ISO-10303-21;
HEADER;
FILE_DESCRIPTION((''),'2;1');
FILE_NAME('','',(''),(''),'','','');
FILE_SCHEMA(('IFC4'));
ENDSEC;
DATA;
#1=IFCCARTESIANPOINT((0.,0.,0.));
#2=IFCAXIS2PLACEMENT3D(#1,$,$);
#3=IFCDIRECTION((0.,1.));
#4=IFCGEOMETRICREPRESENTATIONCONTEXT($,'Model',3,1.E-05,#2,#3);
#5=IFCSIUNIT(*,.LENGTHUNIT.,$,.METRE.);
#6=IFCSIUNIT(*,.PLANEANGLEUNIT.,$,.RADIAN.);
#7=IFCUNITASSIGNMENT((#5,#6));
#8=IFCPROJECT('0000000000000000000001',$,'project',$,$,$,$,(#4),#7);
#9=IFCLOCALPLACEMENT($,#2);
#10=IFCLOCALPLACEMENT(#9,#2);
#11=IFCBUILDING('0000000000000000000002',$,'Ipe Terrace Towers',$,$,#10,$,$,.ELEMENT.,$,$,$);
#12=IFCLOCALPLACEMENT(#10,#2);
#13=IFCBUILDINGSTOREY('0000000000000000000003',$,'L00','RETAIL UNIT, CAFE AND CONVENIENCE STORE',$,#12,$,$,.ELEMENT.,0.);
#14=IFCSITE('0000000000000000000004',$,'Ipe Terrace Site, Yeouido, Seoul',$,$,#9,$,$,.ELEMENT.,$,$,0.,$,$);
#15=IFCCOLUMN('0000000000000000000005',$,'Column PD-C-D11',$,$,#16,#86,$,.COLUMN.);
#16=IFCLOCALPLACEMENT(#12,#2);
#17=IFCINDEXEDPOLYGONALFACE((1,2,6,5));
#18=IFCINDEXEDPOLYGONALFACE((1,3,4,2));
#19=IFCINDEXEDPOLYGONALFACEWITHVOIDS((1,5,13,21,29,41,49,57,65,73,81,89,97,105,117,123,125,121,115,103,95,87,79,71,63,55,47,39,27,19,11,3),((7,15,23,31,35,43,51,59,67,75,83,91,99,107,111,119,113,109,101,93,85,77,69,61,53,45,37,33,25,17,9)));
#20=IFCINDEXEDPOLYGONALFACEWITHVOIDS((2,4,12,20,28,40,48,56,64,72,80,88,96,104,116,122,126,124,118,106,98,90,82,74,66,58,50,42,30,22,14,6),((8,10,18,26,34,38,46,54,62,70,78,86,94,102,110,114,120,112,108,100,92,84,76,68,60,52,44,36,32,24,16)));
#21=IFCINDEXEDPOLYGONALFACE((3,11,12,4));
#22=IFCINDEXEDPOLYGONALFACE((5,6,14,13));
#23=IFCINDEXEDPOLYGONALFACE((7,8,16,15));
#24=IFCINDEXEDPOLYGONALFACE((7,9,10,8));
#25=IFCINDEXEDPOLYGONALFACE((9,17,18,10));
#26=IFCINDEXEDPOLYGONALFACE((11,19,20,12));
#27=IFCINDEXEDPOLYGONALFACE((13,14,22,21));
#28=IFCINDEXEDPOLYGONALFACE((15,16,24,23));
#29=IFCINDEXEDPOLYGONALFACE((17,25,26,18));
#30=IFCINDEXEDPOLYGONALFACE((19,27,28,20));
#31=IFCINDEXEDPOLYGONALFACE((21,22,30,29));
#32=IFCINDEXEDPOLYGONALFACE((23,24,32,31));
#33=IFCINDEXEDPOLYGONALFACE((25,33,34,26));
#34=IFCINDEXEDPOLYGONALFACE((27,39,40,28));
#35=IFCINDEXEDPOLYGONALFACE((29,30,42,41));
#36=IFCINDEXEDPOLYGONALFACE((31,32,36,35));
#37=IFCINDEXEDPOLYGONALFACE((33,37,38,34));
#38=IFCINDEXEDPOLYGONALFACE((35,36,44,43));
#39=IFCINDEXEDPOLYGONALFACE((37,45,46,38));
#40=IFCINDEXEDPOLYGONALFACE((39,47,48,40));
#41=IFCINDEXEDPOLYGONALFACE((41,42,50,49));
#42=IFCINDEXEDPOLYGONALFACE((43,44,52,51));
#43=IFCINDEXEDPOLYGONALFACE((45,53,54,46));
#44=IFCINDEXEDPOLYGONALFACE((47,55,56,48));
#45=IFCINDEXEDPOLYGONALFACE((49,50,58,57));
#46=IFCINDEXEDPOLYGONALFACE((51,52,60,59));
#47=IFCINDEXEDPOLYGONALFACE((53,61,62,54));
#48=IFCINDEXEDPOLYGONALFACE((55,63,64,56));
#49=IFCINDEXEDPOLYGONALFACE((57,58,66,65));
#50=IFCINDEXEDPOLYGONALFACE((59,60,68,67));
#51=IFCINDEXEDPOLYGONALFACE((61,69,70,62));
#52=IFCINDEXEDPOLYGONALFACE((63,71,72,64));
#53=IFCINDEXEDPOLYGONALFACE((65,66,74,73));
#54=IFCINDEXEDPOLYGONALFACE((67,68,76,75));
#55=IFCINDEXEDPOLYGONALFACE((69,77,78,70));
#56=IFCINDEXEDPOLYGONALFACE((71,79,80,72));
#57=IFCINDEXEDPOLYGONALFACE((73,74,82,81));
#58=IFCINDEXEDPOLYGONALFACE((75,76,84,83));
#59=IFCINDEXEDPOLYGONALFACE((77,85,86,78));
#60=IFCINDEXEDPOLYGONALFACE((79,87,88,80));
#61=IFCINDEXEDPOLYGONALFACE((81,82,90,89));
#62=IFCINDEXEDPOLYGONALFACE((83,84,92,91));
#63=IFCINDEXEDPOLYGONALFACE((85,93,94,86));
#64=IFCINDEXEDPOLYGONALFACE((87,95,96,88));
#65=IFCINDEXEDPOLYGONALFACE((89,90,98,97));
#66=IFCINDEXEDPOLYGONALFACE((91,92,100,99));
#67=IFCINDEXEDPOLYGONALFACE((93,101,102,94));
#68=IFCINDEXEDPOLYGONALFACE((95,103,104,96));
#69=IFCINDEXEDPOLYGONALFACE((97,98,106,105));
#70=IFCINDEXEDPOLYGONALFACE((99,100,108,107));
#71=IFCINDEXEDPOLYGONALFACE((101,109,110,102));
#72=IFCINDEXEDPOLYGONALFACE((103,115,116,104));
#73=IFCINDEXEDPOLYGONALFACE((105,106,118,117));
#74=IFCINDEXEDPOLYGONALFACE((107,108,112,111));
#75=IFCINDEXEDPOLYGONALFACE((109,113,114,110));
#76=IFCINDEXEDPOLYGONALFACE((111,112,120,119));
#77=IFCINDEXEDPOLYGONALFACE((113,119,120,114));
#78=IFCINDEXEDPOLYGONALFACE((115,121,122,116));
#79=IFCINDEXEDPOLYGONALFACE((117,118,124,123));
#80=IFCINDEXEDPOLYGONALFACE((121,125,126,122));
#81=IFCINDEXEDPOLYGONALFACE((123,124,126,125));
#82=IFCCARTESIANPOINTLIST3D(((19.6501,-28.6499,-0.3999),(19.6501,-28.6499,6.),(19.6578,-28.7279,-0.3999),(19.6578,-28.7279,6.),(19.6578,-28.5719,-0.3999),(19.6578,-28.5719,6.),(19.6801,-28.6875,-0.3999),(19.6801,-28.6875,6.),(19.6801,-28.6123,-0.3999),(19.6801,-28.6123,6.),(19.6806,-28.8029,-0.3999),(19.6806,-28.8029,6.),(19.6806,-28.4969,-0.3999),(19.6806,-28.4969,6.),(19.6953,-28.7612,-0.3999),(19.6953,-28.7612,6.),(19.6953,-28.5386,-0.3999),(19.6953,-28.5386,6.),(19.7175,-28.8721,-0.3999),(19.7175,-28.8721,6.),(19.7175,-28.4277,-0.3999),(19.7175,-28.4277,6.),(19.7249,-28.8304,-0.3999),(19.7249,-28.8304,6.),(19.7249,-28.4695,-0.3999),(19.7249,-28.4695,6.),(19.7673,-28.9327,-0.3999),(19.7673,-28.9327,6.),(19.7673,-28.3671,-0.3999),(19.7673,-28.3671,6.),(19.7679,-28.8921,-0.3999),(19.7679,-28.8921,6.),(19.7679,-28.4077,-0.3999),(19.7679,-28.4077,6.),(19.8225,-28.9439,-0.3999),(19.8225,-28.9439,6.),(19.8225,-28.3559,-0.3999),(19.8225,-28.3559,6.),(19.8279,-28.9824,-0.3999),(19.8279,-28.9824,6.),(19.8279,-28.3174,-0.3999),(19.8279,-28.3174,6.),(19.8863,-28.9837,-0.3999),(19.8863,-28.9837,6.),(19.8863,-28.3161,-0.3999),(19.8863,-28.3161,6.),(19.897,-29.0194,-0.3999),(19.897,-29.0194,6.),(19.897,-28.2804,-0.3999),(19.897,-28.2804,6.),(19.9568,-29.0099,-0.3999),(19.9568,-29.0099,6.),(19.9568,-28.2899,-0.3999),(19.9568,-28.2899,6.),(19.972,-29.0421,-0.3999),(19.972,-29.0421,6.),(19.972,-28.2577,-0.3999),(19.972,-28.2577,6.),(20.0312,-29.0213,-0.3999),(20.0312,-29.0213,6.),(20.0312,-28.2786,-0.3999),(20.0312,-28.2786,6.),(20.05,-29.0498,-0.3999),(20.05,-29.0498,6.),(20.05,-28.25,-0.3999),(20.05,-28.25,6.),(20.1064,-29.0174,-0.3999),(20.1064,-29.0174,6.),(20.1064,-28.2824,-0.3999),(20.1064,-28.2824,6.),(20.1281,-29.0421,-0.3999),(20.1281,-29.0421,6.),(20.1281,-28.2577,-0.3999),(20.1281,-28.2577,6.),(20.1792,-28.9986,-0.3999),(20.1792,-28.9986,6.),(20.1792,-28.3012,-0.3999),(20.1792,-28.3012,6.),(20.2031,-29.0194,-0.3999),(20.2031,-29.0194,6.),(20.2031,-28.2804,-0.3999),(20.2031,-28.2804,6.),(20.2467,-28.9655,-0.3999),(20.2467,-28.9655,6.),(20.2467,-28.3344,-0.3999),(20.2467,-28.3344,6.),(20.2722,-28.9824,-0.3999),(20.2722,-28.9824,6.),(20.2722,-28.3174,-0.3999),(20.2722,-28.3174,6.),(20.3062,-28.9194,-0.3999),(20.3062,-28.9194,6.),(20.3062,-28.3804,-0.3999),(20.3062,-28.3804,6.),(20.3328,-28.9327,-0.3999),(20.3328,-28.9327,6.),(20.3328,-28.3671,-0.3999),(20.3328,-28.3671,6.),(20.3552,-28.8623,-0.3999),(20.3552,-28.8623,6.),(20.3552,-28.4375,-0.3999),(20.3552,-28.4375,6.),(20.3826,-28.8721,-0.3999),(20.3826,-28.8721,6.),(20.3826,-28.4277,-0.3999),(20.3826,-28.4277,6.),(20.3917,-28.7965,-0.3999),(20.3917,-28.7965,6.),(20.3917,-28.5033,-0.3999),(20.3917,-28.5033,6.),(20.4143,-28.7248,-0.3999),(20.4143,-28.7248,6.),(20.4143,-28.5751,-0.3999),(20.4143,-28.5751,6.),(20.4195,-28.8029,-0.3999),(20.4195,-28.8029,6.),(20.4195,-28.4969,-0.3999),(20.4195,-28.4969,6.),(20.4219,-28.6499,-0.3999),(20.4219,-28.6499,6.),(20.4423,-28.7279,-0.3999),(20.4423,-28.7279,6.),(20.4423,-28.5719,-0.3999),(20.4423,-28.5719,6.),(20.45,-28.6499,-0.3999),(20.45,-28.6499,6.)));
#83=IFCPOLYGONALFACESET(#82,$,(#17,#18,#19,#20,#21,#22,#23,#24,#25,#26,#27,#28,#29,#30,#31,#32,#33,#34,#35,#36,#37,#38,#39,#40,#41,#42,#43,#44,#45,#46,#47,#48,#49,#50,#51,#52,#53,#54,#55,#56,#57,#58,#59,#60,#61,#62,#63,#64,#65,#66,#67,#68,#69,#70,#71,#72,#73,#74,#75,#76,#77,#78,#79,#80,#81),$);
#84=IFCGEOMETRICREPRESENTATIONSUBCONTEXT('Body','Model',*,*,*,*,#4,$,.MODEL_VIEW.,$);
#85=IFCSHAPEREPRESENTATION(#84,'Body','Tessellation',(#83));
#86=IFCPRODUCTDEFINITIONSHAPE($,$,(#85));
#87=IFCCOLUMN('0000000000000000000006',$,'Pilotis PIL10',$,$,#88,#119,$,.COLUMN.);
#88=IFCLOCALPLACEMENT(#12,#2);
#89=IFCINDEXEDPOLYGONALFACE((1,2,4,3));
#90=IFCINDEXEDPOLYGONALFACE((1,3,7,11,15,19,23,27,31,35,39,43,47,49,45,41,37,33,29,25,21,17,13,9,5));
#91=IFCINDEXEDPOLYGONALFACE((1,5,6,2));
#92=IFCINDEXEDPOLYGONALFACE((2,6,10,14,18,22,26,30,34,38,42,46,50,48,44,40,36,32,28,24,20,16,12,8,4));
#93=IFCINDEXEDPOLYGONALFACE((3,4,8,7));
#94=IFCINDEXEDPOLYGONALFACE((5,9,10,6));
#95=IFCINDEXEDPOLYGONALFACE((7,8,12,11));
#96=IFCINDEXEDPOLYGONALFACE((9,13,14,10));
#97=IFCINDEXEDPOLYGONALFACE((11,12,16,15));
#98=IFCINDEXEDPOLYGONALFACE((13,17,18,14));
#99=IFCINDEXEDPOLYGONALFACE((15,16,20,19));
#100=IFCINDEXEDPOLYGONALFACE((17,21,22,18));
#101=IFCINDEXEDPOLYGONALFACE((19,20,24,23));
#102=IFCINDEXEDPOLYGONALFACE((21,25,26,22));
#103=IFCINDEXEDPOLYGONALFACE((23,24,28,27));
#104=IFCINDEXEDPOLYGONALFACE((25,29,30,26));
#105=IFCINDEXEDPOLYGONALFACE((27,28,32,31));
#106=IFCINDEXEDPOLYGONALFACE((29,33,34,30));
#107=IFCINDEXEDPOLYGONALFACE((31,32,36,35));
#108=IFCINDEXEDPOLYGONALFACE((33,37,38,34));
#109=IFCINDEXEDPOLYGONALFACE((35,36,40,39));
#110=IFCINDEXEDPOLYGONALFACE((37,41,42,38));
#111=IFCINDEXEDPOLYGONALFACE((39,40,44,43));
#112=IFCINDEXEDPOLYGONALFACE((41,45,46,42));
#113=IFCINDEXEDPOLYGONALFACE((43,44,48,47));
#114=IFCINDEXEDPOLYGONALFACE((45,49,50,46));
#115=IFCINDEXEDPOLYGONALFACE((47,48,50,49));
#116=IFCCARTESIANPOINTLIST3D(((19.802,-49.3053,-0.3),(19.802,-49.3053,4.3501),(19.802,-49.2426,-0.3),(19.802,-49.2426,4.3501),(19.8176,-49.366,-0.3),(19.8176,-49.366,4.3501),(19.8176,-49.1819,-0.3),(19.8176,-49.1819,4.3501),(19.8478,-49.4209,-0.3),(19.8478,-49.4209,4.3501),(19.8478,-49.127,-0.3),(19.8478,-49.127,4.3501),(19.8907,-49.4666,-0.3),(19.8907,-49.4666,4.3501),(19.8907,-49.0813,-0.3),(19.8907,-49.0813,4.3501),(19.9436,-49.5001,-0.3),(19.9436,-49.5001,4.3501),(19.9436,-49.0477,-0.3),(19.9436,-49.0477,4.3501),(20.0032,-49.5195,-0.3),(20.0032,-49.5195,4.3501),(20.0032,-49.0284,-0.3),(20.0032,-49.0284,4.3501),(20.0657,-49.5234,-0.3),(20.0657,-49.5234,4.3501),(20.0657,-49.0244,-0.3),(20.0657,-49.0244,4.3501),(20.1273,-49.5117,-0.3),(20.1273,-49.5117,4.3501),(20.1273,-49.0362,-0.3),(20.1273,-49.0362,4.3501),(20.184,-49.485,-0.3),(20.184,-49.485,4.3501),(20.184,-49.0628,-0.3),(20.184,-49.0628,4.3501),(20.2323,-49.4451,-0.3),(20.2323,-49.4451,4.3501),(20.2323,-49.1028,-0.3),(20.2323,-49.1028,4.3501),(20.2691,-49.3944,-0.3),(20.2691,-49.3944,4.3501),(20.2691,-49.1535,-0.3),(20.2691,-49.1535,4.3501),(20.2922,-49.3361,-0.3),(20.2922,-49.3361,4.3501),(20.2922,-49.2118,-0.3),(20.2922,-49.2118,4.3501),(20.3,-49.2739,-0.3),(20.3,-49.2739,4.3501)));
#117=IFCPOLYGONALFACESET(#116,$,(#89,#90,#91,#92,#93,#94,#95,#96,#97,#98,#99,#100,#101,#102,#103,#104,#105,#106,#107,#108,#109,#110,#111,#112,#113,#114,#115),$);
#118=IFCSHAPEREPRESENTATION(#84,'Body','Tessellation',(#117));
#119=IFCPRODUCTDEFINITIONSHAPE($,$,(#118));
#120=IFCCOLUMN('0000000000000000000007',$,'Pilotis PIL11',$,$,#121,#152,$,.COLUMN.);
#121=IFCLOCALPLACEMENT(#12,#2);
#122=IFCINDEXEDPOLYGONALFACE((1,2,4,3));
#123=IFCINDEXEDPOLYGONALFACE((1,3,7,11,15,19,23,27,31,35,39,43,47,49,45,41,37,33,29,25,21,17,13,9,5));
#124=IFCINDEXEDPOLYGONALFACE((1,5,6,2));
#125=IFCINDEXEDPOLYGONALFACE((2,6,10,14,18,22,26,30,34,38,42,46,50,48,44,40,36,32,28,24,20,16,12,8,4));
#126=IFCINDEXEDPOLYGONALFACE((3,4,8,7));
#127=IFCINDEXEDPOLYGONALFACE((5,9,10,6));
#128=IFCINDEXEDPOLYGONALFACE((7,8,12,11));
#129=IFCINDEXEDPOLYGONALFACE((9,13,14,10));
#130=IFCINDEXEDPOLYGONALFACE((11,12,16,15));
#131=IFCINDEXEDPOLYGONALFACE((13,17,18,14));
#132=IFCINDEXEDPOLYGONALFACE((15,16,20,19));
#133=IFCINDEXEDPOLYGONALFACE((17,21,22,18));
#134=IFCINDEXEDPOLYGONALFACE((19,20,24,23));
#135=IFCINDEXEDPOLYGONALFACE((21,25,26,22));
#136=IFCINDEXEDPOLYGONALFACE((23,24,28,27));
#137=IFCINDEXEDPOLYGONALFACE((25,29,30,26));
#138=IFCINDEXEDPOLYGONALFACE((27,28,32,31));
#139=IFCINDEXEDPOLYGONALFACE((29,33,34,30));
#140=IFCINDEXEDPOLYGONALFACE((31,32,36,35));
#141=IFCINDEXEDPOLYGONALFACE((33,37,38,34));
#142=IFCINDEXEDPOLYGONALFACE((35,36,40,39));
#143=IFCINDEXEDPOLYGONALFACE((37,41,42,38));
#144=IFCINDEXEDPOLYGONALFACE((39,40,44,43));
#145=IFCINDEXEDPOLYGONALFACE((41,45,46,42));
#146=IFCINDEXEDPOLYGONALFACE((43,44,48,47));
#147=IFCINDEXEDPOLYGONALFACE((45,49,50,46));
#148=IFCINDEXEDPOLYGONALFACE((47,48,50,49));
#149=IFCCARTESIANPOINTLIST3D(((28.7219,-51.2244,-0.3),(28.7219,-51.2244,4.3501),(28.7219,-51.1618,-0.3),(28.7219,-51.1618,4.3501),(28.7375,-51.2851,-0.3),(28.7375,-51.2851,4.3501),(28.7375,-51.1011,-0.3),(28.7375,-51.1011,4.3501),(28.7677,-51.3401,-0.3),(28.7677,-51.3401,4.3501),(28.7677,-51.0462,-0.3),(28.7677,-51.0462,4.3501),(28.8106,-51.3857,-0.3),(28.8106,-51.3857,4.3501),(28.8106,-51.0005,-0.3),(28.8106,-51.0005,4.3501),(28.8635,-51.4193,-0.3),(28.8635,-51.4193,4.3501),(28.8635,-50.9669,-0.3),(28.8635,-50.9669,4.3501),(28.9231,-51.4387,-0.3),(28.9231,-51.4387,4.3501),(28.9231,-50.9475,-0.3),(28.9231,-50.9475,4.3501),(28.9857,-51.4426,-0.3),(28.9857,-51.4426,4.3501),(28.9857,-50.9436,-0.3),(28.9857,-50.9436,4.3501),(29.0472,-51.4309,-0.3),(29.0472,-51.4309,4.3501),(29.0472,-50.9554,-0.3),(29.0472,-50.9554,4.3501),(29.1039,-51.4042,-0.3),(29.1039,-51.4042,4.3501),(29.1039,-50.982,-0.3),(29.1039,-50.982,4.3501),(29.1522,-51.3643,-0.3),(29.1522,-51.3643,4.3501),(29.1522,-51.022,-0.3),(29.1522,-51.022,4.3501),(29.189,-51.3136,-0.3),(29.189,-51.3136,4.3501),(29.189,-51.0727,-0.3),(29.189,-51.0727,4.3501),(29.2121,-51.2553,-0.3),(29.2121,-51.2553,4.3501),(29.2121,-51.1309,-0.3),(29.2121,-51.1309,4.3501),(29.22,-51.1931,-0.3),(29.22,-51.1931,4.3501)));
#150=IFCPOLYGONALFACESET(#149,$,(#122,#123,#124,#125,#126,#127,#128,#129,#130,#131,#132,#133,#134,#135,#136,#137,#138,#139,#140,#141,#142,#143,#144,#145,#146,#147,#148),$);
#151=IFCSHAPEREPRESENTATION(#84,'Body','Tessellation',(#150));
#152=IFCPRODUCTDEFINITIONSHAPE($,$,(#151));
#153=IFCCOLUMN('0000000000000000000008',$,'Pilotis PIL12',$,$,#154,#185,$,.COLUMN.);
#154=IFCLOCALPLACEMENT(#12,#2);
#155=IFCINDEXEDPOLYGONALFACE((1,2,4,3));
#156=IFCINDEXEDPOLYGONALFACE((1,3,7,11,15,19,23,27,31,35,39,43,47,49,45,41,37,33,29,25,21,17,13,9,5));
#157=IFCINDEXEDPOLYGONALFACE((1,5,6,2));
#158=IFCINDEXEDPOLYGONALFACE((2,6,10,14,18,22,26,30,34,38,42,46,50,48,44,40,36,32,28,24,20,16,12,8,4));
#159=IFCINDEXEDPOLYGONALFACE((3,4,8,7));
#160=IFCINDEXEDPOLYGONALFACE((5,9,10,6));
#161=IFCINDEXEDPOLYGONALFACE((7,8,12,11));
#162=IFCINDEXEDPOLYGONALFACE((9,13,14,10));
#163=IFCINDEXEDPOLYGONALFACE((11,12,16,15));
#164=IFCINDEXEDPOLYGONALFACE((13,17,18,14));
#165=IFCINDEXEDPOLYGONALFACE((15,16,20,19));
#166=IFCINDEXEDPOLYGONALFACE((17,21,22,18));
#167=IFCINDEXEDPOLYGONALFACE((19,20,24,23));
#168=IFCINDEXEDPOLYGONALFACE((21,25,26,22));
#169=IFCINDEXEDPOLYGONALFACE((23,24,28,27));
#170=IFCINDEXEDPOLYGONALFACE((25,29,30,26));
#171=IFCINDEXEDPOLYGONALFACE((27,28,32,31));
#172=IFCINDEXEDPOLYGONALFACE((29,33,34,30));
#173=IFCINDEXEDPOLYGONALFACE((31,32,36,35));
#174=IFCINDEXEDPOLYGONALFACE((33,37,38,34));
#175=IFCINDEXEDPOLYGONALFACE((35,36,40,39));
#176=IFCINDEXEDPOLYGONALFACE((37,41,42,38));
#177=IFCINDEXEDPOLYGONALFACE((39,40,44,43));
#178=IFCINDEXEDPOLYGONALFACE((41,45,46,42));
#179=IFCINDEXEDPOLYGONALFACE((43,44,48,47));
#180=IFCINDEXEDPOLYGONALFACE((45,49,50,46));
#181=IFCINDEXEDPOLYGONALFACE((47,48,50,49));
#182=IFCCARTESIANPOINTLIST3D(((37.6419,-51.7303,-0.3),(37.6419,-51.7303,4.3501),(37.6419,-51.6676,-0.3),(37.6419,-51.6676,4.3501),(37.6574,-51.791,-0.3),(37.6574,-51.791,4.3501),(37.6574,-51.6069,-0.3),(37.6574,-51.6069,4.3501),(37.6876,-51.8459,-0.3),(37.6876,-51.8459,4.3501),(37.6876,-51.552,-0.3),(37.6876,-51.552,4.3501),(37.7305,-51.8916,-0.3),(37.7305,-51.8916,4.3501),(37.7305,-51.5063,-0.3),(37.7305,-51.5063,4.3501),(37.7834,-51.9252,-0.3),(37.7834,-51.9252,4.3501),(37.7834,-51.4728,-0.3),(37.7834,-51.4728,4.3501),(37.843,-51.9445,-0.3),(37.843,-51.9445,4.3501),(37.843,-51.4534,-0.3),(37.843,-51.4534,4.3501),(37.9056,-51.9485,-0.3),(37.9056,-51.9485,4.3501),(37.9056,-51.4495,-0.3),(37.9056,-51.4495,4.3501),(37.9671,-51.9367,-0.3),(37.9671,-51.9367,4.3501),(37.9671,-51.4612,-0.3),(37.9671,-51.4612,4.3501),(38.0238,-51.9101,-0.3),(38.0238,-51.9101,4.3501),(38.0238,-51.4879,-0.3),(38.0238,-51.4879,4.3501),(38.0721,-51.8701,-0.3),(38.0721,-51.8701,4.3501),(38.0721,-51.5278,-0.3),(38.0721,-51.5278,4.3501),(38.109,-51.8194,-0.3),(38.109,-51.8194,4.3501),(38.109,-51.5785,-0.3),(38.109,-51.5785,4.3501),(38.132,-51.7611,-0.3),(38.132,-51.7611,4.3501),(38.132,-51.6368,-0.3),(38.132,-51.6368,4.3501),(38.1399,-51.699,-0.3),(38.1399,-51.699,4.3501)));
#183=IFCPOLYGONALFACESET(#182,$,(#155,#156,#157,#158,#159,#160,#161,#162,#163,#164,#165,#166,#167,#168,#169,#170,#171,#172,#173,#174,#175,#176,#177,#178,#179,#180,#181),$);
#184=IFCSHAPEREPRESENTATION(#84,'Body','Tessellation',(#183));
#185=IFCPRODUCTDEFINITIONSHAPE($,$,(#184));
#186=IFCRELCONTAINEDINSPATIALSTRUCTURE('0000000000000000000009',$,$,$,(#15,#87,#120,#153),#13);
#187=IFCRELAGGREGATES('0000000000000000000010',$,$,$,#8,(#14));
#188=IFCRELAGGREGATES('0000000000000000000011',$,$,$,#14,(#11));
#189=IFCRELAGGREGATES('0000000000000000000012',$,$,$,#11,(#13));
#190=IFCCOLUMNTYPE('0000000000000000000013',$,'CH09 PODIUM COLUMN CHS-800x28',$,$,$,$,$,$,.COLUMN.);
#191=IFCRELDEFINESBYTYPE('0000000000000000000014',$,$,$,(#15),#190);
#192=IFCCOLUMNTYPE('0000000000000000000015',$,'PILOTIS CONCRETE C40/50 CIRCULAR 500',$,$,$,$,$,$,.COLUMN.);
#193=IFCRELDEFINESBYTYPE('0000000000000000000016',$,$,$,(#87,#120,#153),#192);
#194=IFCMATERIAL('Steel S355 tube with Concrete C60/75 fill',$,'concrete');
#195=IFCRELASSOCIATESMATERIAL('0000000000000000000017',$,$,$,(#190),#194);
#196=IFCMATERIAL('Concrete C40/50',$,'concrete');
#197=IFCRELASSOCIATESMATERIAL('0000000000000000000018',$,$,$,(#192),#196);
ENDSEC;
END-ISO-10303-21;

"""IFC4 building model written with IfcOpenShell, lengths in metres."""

from ifc_helpers import new_model, si_unit, direction, frame, origin, origin_2d, place, context, subcontext, project, spatial, circle, hollow_circle, extrude, material, material_profile, profile_set, type_object, element, save


model = new_model("IFC4")

# Units and contexts
model_context = context("Model", 3, precision=1e-05, world=origin(), true_north=direction((0.0, 1.0)))
body_context = subcontext(model_context, "Body", "Model", "MODEL_VIEW")
ifc_project = project(units=[si_unit("LENGTHUNIT", "METRE"), si_unit("PLANEANGLEUNIT", "RADIAN")], contexts=[model_context])

# Site, building, storey
site_placement = place(None, origin())
site = spatial("IfcSite", under=ifc_project, at=site_placement, Name="Ipe Terrace Site, Yeouido, Seoul", CompositionType="ELEMENT", RefElevation=0.0)
building_placement = place(site_placement, origin())
building = spatial("IfcBuilding", under=site, at=building_placement, Name="Ipe Terrace Towers", CompositionType="ELEMENT")
storey_placement = place(building_placement, origin())
storey = spatial("IfcBuildingStorey", under=building, at=storey_placement, Name="L00", Description="RETAIL UNIT, CAFE AND CONVENIENCE STORE", CompositionType="ELEMENT", Elevation=0.0)

# Columns
ifc_material_1 = material(Name="Steel S355 tube with Concrete C60/75 fill", Category="concrete")
ifc_material_profile_1 = material_profile(ifc_material_1, hollow_circle(Radius=0.3999, WallThickness=0.0281, at=origin_2d()), Name="CHS-800x28")
ifc_profile_set_1 = profile_set([ifc_material_profile_1], Name="Steel S355 tube with Concrete C60/75 fill")
column_type_1 = type_object("IfcColumnType", Name="CH09 PODIUM COLUMN CHS-800x28", PredefinedType="COLUMN", material=ifc_profile_set_1)
for number, where, z_axis, x_axis, name in (
    (1, (20.05, -28.6499, -0.3999), (0.0, 0.0, 1.0), (1.0, 0.0, 0.0), "Column PD-C-D11"),
):
    element("IfcColumn", number, at=place(storey_placement, frame(where, z_axis=z_axis, x_axis=x_axis)), inside=storey, type_object=column_type_1, Name=name, PredefinedType="COLUMN", context=body_context, shape_type="SweptSolid", body=[
        extrude(hollow_circle(Radius=0.3999, WallThickness=0.0281, at=origin_2d()), origin(), (0.0, 0.0, 1.0), 6.3999),
    ])
ifc_material_2 = material(Name="Concrete C40/50", Category="concrete")
ifc_material_profile_2 = material_profile(ifc_material_2, circle(Radius=0.25, at=origin_2d()), Name="PILOTIS CONCRETE C40/50 CIRCULAR 500")
ifc_profile_set_2 = profile_set([ifc_material_profile_2], Name="Concrete C40/50")
column_type_2 = type_object("IfcColumnType", Name="PILOTIS CONCRETE C40/50 CIRCULAR 500", PredefinedType="COLUMN", material=ifc_profile_set_2)
for number, where, z_axis, x_axis, name in (
    (2, (20.05, -49.2739, -0.3), (0.0, 0.0, 1.0), (1.0, 0.0, 0.0), "Pilotis PIL10"),
    (3, (28.97, -51.1931, -0.3), (0.0, 0.0, 1.0), (1.0, 0.0, 0.0), "Pilotis PIL11"),
    (4, (37.8899, -51.699, -0.3), (0.0, 0.0, 1.0), (1.0, 0.0, 0.0), "Pilotis PIL12"),
):
    element("IfcColumn", number, at=place(storey_placement, frame(where, z_axis=z_axis, x_axis=x_axis)), inside=storey, type_object=column_type_2, Name=name, PredefinedType="COLUMN", context=body_context, shape_type="SweptSolid", body=[
        extrude(circle(Radius=0.25, at=origin_2d()), origin(), (0.0, 0.0, 1.0), 4.6501),
    ])

save(model, "model.ifc")
